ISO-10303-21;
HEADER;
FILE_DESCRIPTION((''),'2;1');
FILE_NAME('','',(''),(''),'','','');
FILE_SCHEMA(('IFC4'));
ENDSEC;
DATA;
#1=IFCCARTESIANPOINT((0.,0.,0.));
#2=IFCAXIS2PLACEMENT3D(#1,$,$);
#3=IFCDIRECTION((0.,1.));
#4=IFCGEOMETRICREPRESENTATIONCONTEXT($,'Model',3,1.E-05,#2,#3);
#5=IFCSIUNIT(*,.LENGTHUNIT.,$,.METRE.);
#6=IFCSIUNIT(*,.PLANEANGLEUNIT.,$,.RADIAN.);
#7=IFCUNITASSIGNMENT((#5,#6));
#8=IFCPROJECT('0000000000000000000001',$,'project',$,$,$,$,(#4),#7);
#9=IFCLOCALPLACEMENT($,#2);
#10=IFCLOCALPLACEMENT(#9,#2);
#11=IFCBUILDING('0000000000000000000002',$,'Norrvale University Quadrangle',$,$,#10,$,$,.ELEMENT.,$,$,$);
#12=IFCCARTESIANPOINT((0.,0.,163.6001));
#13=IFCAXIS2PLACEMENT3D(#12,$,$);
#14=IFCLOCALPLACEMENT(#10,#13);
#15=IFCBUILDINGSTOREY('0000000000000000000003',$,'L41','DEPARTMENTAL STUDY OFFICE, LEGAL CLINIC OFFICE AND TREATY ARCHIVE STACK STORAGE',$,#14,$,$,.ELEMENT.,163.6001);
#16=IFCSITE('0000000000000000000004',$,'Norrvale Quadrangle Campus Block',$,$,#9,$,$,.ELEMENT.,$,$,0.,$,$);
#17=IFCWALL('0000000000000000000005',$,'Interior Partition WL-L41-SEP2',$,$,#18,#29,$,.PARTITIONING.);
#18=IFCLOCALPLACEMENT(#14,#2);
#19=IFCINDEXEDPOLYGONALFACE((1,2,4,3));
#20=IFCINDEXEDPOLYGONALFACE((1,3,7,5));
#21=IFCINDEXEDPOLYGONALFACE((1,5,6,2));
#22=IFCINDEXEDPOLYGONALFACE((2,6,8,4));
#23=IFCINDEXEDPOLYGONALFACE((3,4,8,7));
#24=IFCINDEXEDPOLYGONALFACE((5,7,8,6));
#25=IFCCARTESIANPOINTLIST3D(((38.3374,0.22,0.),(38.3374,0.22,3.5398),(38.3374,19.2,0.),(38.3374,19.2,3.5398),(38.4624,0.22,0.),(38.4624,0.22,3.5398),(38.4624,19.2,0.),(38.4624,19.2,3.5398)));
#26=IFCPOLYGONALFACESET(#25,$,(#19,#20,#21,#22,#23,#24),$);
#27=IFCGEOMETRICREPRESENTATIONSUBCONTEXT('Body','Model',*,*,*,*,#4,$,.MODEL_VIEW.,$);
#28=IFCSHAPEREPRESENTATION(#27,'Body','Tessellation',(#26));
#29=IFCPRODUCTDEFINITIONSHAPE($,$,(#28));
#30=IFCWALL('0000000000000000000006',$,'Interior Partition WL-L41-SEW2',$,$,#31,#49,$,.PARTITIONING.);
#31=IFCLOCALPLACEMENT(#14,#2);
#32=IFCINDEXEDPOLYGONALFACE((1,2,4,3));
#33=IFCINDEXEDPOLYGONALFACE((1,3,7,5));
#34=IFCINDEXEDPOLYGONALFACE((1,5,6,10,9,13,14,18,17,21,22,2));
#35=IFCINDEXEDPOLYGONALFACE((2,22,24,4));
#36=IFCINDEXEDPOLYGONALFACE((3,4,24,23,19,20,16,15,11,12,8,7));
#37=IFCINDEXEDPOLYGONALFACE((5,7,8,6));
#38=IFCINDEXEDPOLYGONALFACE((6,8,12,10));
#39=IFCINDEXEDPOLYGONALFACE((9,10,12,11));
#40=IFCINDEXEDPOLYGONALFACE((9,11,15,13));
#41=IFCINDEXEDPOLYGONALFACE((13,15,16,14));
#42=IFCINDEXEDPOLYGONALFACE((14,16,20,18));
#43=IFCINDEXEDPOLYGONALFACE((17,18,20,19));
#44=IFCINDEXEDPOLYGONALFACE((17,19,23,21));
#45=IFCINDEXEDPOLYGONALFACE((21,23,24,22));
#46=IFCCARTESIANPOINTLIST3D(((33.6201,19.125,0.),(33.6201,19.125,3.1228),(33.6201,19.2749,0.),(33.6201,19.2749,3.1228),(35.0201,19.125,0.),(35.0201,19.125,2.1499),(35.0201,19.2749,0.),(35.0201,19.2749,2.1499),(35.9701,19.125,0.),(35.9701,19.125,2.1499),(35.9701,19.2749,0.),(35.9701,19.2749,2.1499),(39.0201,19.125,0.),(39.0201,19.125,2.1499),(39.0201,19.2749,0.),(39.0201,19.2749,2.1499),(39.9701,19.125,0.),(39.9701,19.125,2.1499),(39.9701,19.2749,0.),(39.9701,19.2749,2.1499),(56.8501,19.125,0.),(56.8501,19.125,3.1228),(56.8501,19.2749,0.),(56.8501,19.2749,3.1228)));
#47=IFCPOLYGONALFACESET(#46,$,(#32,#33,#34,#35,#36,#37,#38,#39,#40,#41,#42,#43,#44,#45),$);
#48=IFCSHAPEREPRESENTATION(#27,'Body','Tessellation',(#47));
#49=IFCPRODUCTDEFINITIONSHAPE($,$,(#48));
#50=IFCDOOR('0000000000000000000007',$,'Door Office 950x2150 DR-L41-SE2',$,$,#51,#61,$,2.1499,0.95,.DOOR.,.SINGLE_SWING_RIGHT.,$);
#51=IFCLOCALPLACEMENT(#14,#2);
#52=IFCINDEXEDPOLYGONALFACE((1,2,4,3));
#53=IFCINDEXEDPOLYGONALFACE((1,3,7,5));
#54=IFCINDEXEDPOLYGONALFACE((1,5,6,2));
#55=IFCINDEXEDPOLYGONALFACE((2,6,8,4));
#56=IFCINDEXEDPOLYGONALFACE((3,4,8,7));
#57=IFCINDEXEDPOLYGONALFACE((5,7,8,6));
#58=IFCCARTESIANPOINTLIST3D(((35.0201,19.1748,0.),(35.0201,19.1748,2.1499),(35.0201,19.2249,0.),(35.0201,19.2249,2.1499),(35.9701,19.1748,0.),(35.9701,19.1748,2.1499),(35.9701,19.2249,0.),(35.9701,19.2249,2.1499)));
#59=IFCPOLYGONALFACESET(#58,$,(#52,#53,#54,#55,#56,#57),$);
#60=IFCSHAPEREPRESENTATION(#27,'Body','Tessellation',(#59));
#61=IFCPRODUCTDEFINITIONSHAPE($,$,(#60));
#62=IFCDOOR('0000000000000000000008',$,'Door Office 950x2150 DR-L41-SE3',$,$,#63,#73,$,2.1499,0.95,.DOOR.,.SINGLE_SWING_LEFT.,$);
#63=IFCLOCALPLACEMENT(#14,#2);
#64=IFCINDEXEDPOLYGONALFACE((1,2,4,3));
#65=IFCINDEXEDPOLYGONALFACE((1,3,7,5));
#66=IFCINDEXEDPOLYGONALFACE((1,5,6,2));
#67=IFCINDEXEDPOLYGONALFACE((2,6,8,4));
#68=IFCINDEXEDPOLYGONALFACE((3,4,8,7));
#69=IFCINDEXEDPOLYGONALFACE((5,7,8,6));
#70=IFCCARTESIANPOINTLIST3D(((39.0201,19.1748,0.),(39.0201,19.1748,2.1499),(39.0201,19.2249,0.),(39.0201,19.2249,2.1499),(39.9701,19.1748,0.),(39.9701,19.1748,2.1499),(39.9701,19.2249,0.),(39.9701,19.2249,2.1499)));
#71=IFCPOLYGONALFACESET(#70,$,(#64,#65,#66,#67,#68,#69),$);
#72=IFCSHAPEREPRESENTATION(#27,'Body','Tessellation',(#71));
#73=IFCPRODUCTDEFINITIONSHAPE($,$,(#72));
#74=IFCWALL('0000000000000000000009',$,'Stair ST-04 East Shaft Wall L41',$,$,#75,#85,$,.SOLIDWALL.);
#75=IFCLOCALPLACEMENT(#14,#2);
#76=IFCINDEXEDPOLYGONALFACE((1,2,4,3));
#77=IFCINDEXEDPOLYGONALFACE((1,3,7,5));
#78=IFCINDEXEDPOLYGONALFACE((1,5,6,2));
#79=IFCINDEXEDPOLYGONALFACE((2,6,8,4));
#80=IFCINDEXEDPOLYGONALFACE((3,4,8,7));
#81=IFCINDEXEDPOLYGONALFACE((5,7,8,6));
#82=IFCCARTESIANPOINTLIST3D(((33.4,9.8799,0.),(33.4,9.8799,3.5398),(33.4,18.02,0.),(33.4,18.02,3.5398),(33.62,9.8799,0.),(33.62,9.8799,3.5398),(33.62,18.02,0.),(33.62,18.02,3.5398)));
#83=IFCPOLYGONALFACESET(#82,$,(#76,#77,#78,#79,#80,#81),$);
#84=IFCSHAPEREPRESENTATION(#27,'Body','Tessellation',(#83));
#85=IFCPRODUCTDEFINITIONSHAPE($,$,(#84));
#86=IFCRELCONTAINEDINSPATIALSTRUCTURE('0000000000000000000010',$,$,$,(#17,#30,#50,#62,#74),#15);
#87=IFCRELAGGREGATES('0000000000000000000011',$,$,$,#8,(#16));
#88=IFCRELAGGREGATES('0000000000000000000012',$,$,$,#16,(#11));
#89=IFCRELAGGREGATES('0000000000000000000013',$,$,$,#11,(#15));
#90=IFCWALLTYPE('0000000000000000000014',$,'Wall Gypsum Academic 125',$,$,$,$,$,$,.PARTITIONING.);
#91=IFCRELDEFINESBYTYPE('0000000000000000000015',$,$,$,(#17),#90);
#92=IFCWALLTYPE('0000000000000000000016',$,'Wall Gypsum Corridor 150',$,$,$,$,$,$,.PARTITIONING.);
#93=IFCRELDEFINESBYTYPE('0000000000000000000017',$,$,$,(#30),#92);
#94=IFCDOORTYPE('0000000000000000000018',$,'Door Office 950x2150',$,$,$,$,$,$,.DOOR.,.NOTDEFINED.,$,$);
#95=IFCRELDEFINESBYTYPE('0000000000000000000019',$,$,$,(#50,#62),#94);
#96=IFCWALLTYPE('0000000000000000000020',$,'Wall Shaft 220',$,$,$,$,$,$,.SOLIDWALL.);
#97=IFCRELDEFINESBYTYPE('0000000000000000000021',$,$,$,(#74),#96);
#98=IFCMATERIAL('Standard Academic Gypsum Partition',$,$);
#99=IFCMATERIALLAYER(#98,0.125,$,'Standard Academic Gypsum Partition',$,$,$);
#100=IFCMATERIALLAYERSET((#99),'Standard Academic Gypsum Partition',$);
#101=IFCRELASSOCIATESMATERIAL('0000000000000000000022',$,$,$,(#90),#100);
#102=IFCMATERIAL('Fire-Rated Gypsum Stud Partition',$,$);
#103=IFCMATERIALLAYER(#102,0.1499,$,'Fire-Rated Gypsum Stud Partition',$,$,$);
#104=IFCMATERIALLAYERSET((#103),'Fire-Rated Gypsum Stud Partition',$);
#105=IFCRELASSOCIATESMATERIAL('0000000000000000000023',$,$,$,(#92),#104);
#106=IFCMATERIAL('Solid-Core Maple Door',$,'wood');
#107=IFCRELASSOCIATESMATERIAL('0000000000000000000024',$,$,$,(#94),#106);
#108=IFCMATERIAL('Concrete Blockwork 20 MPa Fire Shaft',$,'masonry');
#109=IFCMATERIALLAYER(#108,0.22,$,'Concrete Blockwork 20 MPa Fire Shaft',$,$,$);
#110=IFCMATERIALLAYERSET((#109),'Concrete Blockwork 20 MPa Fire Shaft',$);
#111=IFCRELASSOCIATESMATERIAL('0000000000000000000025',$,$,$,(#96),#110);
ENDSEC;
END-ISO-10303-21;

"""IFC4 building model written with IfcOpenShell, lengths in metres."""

from ifc_helpers import new_model, si_unit, direction, frame, frame_2d, origin, place, context, subcontext, project, spatial, rectangle, extrude, material, layer, layer_set, type_object, element, fill, save


model = new_model("IFC4")

# Units and contexts
model_context = context("Model", 3, precision=1e-05, world=origin(), true_north=direction((0.0, 1.0)))
body_context = subcontext(model_context, "Body", "Model", "MODEL_VIEW")
ifc_project = project(units=[si_unit("LENGTHUNIT", "METRE"), si_unit("PLANEANGLEUNIT", "RADIAN")], contexts=[model_context])

# Site, building, storey
site_placement = place(None, origin())
site = spatial("IfcSite", under=ifc_project, at=site_placement, Name="Norrvale Quadrangle Campus Block", CompositionType="ELEMENT", RefElevation=0.0)
building_placement = place(site_placement, origin())
building = spatial("IfcBuilding", under=site, at=building_placement, Name="Norrvale University Quadrangle", CompositionType="ELEMENT")
storey_placement = place(building_placement, frame((0.0, 0.0, 163.6001)))
storey = spatial("IfcBuildingStorey", under=building, at=storey_placement, Name="L41", Description="DEPARTMENTAL STUDY OFFICE, LEGAL CLINIC OFFICE AND TREATY ARCHIVE STACK STORAGE", CompositionType="ELEMENT", Elevation=163.6001)

# Wall
ifc_material_1 = material(Name="Standard Academic Gypsum Partition")
ifc_layer_1 = layer(ifc_material_1, 0.125, Name="Standard Academic Gypsum Partition")
ifc_layer_set_1 = layer_set([ifc_layer_1], Name="Standard Academic Gypsum Partition")
wall_type_1 = type_object("IfcWallType", Name="Wall Gypsum Academic 125", PredefinedType="PARTITIONING", material=ifc_layer_set_1)
wall_1_placement = place(storey_placement, frame((38.3999, 0.22, 0.0), z_axis=(0.0, 0.0, 1.0), x_axis=(0.0, 1.0, 0.0)))
element("IfcWall", 1, at=wall_1_placement, inside=storey, type_object=wall_type_1, Name="Interior Partition WL-L41-SEP2", PredefinedType="PARTITIONING", context=body_context, shape_type="SweptSolid", body=[
    extrude(rectangle(XDim=18.98, YDim=0.125, at=frame_2d((9.49, 0.0))), origin(), (0.0, 0.0, 1.0), 3.5398),
])

# Wall, openings, doors
ifc_material_2 = material(Name="Fire-Rated Gypsum Stud Partition")
ifc_layer_2 = layer(ifc_material_2, 0.1499, Name="Fire-Rated Gypsum Stud Partition")
ifc_layer_set_2 = layer_set([ifc_layer_2], Name="Fire-Rated Gypsum Stud Partition")
wall_type_2 = type_object("IfcWallType", Name="Wall Gypsum Corridor 150", PredefinedType="PARTITIONING", material=ifc_layer_set_2)
wall_2_placement = place(storey_placement, frame((33.6201, 19.2, 0.0), z_axis=(0.0, 0.0, 1.0), x_axis=(1.0, 0.0, 0.0)))
wall_2 = element("IfcWall", 2, at=wall_2_placement, inside=storey, type_object=wall_type_2, Name="Interior Partition WL-L41-SEW2", PredefinedType="PARTITIONING", context=body_context, shape_type="SweptSolid", body=[
    extrude(rectangle(XDim=23.23, YDim=0.1499, at=frame_2d((11.615, 0.0))), origin(), (0.0, 0.0, 1.0), 3.1228),
])
opening_1_placement = place(wall_2_placement, frame((1.3999, 0.0, 0.0)))
opening_1 = element("IfcOpeningElement", 3, at=opening_1_placement, cuts=wall_2, PredefinedType="OPENING", context=body_context, shape_type="SweptSolid", body=[
    extrude(rectangle(XDim=0.95, YDim=2.1499, at=frame_2d((0.4751, 1.075))), frame((0.0, 0.0869, 0.0), z_axis=(0.0, -1.0, 0.0), x_axis=(1.0, 0.0, 0.0)), (0.0, 0.0, 1.0), 0.1738),
])
opening_2_placement = place(wall_2_placement, frame((5.3999, 0.0, 0.0)))
opening_2 = element("IfcOpeningElement", 4, at=opening_2_placement, cuts=wall_2, PredefinedType="OPENING", context=body_context, shape_type="SweptSolid", body=[
    extrude(rectangle(XDim=0.95, YDim=2.1499, at=frame_2d((0.4751, 1.075))), frame((0.0, 0.0869, 0.0), z_axis=(0.0, -1.0, 0.0), x_axis=(1.0, 0.0, 0.0)), (0.0, 0.0, 1.0), 0.1738),
])
ifc_material_3 = material(Name="Solid-Core Maple Door", Category="wood")
door_type = type_object("IfcDoorType", Name="Door Office 950x2150", OperationType="NOTDEFINED", PredefinedType="DOOR", material=ifc_material_3)
door_1_placement = place(opening_1_placement, origin())
door_1 = element("IfcDoor", 5, at=door_1_placement, inside=storey, type_object=door_type, Name="Door Office 950x2150 DR-L41-SE2", OperationType="SINGLE_SWING_RIGHT", OverallHeight=2.1499, OverallWidth=0.95, PredefinedType="DOOR", context=body_context, shape_type="SweptSolid", body=[
    extrude(rectangle(XDim=0.95, YDim=2.1499, at=frame_2d((0.4751, 1.075))), frame((0.0, 0.0249, 0.0), z_axis=(0.0, -1.0, 0.0), x_axis=(1.0, 0.0, 0.0)), (0.0, 0.0, 1.0), 0.05),
])
fill(opening_1, door_1)
door_2_placement = place(opening_2_placement, origin())
door_2 = element("IfcDoor", 6, at=door_2_placement, inside=storey, type_object=door_type, Name="Door Office 950x2150 DR-L41-SE3", OperationType="SINGLE_SWING_LEFT", OverallHeight=2.1499, OverallWidth=0.95, PredefinedType="DOOR", context=body_context, shape_type="SweptSolid", body=[
    extrude(rectangle(XDim=0.95, YDim=2.1499, at=frame_2d((0.4751, 1.075))), frame((0.0, 0.0249, 0.0), z_axis=(0.0, -1.0, 0.0), x_axis=(1.0, 0.0, 0.0)), (0.0, 0.0, 1.0), 0.05),
])
fill(opening_2, door_2)

# Wall
ifc_material_4 = material(Name="Concrete Blockwork 20 MPa Fire Shaft", Category="masonry")
ifc_layer_3 = layer(ifc_material_4, 0.22, Name="Concrete Blockwork 20 MPa Fire Shaft")
ifc_layer_set_3 = layer_set([ifc_layer_3], Name="Concrete Blockwork 20 MPa Fire Shaft")
wall_type_3 = type_object("IfcWallType", Name="Wall Shaft 220", PredefinedType="SOLIDWALL", material=ifc_layer_set_3)
wall_3_placement = place(storey_placement, frame((33.51, 9.8799, 0.0), z_axis=(0.0, 0.0, 1.0), x_axis=(0.0, 1.0, 0.0)))
element("IfcWall", 7, at=wall_3_placement, inside=storey, type_object=wall_type_3, Name="Stair ST-04 East Shaft Wall L41", PredefinedType="SOLIDWALL", context=body_context, shape_type="SweptSolid", body=[
    extrude(rectangle(XDim=8.1401, YDim=0.22, at=frame_2d((4.0701, 0.0))), origin(), (0.0, 0.0, 1.0), 3.5398),
])

save(model, "model.ifc")
